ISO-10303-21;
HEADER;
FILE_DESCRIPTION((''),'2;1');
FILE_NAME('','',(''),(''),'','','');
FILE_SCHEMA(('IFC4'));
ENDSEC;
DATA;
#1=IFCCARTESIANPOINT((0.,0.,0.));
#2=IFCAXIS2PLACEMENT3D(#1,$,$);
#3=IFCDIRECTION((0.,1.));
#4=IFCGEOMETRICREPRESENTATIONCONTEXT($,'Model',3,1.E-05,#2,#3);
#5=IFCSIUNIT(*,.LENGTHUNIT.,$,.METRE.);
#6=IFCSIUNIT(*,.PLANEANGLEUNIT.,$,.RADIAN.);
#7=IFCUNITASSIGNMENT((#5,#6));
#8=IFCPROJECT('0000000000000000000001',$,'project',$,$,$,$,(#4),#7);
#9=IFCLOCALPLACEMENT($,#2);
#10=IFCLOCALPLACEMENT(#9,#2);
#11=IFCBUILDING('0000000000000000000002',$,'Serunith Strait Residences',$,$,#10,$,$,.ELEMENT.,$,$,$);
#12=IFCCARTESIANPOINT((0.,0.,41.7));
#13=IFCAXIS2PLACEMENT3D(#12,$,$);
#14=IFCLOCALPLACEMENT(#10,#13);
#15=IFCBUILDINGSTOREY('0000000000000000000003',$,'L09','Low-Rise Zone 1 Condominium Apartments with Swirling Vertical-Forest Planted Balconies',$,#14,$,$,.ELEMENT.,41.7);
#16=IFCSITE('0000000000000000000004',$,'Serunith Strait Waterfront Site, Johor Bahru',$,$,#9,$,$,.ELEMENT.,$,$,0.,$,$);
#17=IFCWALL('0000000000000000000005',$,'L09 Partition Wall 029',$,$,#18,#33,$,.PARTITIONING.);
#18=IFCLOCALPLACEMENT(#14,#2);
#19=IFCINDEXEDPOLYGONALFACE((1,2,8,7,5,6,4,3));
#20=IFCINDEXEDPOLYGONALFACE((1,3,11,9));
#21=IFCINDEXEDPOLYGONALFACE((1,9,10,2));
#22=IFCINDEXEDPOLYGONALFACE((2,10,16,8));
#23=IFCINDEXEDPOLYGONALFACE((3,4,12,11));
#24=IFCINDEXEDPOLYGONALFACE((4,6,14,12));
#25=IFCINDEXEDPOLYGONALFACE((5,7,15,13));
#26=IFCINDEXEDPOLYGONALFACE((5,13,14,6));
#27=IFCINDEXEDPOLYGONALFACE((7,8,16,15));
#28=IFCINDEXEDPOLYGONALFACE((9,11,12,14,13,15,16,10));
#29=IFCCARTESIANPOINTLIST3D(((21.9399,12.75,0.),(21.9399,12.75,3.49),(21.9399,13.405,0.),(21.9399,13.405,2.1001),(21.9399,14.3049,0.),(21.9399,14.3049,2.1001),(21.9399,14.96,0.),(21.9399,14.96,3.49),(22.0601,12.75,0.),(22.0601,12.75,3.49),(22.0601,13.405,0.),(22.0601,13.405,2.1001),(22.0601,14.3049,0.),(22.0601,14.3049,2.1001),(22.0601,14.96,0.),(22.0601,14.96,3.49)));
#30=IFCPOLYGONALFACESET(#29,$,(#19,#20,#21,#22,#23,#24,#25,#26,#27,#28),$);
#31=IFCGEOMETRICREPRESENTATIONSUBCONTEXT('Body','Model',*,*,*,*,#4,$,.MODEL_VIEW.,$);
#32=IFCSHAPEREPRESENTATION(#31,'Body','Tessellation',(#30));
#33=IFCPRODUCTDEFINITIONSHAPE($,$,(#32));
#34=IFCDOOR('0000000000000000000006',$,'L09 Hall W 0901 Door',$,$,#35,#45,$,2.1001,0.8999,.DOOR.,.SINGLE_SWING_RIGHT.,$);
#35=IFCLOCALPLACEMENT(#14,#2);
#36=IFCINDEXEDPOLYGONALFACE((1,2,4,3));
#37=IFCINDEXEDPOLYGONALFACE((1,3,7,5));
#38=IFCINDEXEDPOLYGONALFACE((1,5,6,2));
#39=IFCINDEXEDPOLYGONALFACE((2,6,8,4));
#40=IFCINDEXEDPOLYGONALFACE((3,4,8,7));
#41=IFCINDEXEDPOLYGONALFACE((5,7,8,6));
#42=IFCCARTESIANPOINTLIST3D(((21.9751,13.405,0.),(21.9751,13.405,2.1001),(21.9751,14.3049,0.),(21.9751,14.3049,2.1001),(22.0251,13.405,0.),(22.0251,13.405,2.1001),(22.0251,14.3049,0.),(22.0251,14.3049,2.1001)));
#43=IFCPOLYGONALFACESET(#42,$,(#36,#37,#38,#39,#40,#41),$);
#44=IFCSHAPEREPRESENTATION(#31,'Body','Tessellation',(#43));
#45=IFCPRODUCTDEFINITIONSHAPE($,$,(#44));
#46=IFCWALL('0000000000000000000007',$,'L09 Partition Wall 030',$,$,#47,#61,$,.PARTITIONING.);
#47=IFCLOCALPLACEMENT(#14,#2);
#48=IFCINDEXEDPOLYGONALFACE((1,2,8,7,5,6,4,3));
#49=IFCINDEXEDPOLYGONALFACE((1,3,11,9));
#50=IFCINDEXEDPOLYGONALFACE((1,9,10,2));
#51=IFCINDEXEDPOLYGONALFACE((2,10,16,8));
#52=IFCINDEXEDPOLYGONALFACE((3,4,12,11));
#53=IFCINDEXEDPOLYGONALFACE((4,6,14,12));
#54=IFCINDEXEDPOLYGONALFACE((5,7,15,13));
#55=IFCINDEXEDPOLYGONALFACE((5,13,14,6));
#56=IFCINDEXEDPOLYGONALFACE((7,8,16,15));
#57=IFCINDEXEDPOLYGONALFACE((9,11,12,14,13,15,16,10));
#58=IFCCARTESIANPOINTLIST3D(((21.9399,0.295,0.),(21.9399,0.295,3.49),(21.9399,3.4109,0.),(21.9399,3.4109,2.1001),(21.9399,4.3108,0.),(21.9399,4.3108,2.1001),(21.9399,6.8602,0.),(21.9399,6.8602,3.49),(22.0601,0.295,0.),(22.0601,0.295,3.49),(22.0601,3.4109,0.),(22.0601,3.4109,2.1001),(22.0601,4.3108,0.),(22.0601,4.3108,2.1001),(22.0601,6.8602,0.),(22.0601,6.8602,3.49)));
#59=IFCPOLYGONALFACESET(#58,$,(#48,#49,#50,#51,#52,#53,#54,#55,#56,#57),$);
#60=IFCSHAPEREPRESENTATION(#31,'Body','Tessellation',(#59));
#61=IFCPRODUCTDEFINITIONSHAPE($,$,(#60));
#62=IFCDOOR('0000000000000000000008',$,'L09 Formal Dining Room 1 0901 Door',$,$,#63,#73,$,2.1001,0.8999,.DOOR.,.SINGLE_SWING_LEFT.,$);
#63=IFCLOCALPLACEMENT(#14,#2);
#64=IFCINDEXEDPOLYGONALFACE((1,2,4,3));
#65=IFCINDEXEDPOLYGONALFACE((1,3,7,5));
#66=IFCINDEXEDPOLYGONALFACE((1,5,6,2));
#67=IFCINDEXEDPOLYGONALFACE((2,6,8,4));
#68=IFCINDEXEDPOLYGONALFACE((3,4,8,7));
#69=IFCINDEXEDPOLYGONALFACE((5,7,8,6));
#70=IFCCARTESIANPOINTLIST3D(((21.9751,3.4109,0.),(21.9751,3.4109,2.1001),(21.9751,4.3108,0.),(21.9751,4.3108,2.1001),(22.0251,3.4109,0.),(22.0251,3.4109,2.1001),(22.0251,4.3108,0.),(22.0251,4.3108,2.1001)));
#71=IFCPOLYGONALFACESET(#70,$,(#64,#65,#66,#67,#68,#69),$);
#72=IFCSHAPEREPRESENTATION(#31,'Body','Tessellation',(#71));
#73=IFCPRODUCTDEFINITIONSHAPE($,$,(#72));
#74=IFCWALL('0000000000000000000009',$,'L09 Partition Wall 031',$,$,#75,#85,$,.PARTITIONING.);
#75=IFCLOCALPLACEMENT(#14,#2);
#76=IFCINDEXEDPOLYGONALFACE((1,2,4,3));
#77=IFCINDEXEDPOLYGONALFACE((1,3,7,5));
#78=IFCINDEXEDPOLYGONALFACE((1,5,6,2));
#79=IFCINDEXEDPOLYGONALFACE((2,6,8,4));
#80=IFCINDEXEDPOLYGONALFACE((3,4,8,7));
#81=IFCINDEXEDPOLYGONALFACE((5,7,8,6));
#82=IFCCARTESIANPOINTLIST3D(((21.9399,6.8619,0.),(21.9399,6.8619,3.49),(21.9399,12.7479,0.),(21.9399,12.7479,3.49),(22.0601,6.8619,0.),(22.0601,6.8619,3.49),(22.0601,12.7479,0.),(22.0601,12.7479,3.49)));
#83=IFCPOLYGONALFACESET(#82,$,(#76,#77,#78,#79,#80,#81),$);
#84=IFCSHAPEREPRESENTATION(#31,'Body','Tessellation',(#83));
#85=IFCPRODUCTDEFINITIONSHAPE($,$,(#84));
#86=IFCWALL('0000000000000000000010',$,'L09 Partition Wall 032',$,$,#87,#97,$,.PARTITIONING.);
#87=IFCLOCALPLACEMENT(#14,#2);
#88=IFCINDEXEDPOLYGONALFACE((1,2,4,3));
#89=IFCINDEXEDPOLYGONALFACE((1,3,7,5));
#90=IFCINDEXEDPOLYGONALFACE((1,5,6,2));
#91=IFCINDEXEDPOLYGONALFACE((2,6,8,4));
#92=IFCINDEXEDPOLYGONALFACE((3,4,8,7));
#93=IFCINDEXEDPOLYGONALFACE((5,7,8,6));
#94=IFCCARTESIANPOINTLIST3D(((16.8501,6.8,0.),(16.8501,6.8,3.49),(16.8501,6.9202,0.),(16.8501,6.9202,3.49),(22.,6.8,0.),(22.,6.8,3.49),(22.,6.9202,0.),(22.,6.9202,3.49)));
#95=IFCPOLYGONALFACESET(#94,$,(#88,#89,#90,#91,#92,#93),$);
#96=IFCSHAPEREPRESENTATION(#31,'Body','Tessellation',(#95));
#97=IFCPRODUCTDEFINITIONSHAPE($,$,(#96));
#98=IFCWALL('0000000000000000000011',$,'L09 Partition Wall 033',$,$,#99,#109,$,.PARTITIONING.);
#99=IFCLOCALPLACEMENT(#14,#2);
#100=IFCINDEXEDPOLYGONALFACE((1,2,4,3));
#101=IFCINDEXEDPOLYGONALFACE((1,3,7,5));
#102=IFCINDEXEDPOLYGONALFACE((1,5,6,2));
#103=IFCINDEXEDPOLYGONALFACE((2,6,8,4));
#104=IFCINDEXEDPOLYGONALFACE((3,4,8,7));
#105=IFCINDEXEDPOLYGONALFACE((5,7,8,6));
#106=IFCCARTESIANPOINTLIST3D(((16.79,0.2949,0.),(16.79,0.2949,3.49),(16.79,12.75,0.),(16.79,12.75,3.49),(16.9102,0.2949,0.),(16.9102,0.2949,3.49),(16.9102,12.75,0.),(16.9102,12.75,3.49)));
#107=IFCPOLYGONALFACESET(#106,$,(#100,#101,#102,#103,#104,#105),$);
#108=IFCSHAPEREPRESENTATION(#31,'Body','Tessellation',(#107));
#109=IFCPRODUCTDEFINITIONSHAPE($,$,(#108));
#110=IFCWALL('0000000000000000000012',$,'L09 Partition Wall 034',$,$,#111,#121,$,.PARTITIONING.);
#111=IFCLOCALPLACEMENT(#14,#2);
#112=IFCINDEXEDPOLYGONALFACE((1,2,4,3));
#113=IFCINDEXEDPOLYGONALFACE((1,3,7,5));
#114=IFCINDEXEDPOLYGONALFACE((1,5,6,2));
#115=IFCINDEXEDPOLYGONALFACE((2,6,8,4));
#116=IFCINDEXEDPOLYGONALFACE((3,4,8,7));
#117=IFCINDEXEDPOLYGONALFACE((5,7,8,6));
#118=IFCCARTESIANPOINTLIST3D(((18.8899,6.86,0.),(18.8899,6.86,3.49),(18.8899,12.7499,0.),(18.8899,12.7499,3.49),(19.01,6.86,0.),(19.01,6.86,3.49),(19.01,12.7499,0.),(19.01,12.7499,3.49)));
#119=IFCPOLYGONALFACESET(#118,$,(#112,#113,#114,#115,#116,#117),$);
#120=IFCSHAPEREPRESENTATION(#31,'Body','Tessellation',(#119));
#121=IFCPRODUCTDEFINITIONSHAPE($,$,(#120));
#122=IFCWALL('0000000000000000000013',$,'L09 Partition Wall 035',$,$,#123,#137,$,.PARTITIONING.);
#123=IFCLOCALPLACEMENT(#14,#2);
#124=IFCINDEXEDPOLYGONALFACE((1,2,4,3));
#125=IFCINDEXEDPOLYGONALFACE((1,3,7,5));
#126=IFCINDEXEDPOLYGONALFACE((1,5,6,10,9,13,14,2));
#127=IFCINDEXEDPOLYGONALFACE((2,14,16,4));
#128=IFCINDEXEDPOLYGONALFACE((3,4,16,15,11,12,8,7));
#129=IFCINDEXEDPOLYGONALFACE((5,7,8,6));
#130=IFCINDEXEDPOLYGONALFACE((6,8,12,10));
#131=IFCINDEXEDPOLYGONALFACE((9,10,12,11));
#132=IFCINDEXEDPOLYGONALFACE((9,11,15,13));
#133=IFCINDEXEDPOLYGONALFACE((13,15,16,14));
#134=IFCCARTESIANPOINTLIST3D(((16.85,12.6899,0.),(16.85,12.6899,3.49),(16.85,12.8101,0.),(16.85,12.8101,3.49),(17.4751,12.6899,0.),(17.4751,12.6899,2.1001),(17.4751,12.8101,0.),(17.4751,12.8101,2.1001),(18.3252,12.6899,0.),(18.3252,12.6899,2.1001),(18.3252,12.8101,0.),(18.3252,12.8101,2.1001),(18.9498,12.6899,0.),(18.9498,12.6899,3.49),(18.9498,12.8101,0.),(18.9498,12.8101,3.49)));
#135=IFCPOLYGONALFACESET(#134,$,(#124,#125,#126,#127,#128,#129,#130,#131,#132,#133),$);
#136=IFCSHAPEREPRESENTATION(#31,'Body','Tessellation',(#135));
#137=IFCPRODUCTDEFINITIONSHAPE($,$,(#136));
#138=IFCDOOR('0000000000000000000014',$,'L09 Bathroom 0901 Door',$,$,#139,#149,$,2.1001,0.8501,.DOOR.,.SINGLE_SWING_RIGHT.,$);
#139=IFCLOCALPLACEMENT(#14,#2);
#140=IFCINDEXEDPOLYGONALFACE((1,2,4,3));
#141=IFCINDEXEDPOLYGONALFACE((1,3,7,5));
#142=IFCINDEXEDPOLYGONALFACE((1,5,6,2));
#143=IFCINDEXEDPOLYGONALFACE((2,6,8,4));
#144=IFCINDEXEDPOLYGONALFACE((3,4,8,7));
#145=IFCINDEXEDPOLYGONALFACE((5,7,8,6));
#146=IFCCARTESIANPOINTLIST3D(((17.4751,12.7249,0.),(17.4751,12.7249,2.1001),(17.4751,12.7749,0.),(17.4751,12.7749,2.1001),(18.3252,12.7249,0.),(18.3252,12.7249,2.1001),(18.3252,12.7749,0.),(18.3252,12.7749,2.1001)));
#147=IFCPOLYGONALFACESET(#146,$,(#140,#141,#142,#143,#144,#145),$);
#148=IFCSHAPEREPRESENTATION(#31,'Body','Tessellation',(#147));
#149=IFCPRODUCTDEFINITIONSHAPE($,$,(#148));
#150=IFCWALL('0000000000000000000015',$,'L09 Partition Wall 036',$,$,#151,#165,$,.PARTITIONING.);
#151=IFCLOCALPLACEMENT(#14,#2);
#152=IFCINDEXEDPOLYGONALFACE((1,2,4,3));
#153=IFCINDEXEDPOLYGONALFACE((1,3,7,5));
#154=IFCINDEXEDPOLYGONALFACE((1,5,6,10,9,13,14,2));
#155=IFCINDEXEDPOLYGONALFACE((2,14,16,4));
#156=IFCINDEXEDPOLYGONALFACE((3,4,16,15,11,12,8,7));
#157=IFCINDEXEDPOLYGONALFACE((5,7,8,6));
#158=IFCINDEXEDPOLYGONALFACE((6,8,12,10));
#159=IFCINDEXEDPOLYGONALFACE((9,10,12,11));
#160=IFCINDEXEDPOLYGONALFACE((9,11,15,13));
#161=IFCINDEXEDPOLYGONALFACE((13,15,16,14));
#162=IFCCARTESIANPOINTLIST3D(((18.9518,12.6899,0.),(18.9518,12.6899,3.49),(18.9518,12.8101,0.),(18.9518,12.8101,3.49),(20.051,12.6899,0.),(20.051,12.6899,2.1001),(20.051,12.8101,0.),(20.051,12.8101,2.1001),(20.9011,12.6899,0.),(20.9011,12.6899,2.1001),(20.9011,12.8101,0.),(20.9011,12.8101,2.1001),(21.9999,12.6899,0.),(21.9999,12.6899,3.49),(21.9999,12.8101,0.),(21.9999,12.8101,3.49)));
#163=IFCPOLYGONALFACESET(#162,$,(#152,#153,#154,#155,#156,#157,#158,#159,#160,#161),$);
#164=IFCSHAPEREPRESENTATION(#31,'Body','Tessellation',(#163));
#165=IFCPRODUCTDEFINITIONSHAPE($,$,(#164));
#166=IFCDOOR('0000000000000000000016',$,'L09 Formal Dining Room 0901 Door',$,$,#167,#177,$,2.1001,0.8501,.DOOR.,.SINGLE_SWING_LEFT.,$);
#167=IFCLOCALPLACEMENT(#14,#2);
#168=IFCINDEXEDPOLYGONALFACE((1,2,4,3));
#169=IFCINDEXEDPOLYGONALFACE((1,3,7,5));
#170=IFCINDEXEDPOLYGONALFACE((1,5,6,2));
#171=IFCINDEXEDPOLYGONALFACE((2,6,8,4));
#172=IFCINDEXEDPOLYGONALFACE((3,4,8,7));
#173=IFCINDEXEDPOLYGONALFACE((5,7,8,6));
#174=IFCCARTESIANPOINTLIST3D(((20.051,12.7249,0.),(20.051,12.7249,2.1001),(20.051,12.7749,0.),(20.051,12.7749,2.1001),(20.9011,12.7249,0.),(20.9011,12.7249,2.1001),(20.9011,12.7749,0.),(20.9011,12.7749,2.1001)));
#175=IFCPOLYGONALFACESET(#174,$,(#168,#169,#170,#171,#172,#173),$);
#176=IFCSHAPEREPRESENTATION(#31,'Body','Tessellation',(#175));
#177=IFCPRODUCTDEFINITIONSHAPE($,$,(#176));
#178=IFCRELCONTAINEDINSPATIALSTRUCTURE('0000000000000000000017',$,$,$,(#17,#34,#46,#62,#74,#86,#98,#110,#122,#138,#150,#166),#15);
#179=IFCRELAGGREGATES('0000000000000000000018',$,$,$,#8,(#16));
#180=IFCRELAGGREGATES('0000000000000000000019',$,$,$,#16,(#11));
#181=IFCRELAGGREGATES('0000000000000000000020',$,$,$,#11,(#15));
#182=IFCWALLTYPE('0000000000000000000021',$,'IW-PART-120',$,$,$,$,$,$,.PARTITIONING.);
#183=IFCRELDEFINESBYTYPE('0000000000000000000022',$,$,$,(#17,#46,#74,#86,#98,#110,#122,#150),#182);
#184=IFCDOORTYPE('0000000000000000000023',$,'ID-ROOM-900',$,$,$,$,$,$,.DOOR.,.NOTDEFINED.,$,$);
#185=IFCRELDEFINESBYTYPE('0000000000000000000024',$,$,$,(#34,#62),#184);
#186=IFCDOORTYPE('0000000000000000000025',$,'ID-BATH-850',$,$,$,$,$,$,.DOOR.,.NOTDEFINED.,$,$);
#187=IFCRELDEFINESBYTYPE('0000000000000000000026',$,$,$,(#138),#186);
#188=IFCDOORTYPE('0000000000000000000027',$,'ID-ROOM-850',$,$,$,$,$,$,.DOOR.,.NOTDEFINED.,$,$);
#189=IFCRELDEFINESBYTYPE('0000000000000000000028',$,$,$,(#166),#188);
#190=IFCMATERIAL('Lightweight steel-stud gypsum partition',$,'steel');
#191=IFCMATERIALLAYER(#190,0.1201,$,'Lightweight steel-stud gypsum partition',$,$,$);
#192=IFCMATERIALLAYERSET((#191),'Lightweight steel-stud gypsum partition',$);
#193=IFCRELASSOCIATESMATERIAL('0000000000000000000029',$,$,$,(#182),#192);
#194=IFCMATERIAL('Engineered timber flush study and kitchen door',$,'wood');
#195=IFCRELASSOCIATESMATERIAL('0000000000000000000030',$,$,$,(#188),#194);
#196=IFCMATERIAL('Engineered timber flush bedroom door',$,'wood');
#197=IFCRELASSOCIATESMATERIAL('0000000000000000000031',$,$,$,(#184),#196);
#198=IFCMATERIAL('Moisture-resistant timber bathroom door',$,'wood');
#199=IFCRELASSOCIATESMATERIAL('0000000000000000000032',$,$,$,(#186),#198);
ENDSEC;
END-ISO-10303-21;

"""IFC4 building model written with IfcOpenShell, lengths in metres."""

from ifc_helpers import new_model, si_unit, direction, frame, frame_2d, origin, place, context, subcontext, project, spatial, rectangle, extrude, source, transform, mapped, material, layer, layer_set, type_object, element, fill, save


model = new_model("IFC4")

# Units and contexts
model_context = context("Model", 3, precision=1e-05, world=origin(), true_north=direction((0.0, 1.0)))
body_context = subcontext(model_context, "Body", "Model", "MODEL_VIEW")
ifc_project = project(units=[si_unit("LENGTHUNIT", "METRE"), si_unit("PLANEANGLEUNIT", "RADIAN")], contexts=[model_context])

# Site, building, storey
site_placement = place(None, origin())
site = spatial("IfcSite", under=ifc_project, at=site_placement, Name="Serunith Strait Waterfront Site, Johor Bahru", CompositionType="ELEMENT", RefElevation=0.0)
building_placement = place(site_placement, origin())
building = spatial("IfcBuilding", under=site, at=building_placement, Name="Serunith Strait Residences", CompositionType="ELEMENT")
storey_placement = place(building_placement, frame((0.0, 0.0, 41.7)))
storey = spatial("IfcBuildingStorey", under=building, at=storey_placement, Name="L09", Description="Low-Rise Zone 1 Condominium Apartments with Swirling Vertical-Forest Planted Balconies", CompositionType="ELEMENT", Elevation=41.7)

# Shared definitions
ifc_material_1 = material(Name="Lightweight steel-stud gypsum partition", Category="steel")
ifc_layer_1 = layer(ifc_material_1, 0.1201, Name="Lightweight steel-stud gypsum partition")
ifc_layer_set_1 = layer_set([ifc_layer_1], Name="Lightweight steel-stud gypsum partition")
wall_type = type_object("IfcWallType", Name="IW-PART-120", PredefinedType="PARTITIONING", material=ifc_layer_set_1)
ifc_material_2 = material(Name="Engineered timber flush study and kitchen door", Category="wood")
door_type_1 = type_object("IfcDoorType", Name="ID-ROOM-850", OperationType="NOTDEFINED", PredefinedType="DOOR", material=ifc_material_2)
shared_shape_1 = source(origin(), body_context, "Body", "SweptSolid", [
    extrude(rectangle(XDim=0.8501, YDim=2.1001, at=frame_2d((0.425, 1.05))), frame((0.0, 0.0249, 0.0), z_axis=(0.0, -1.0, 0.0), x_axis=(1.0, 0.0, 0.0)), (0.0, 0.0, 1.0), 0.05),
])

# Walls, openings, doors
wall_1_placement = place(storey_placement, frame((22.0, 12.75, 0.0), z_axis=(0.0, 0.0, 1.0), x_axis=(0.0, 1.0, 0.0)))
wall_1 = element("IfcWall", 1, at=wall_1_placement, inside=storey, type_object=wall_type, Name="L09 Partition Wall 029", PredefinedType="PARTITIONING", context=body_context, shape_type="SweptSolid", body=[
    extrude(rectangle(XDim=2.21, YDim=0.1201, at=frame_2d((1.105, 0.0))), origin(), (0.0, 0.0, 1.0), 3.49),
])
opening_1_placement = place(wall_1_placement, frame((0.655, 0.0, 0.0)))
opening_1 = element("IfcOpeningElement", 2, at=opening_1_placement, cuts=wall_1, PredefinedType="OPENING", context=body_context, shape_type="SweptSolid", body=[
    extrude(rectangle(XDim=0.8999, YDim=2.1001, at=frame_2d((0.45, 1.05))), frame((0.0, 0.0701, 0.0), z_axis=(0.0, -1.0, 0.0), x_axis=(1.0, 0.0, 0.0)), (0.0, 0.0, 1.0), 0.1401),
])
ifc_material_3 = material(Name="Engineered timber flush bedroom door", Category="wood")
door_type_2 = type_object("IfcDoorType", Name="ID-ROOM-900", OperationType="NOTDEFINED", PredefinedType="DOOR", material=ifc_material_3)
shared_shape_2 = source(origin(), body_context, "Body", "SweptSolid", [
    extrude(rectangle(XDim=0.8999, YDim=2.1001, at=frame_2d((0.45, 1.05))), frame((0.0, 0.0249, 0.0), z_axis=(0.0, -1.0, 0.0), x_axis=(1.0, 0.0, 0.0)), (0.0, 0.0, 1.0), 0.05),
])
door_1_placement = place(opening_1_placement, origin())
door_1 = element("IfcDoor", 3, at=door_1_placement, inside=storey, type_object=door_type_2, Name="L09 Hall W 0901 Door", OperationType="SINGLE_SWING_RIGHT", OverallHeight=2.1001, OverallWidth=0.8999, PredefinedType="DOOR", context=body_context, shape_type="MappedRepresentation", body=[
    mapped(shared_shape_2, transform((0.0, 0.0, 0.0), scale=1.0)),
])
fill(opening_1, door_1)
wall_2_placement = place(storey_placement, frame((22.0, 0.2949, 0.0), z_axis=(0.0, 0.0, 1.0), x_axis=(0.0, 1.0, 0.0)))
wall_2 = element("IfcWall", 4, at=wall_2_placement, inside=storey, type_object=wall_type, Name="L09 Partition Wall 030", PredefinedType="PARTITIONING", context=body_context, shape_type="SweptSolid", body=[
    extrude(rectangle(XDim=6.5652, YDim=0.1201, at=frame_2d((3.2827, 0.0))), origin(), (0.0, 0.0, 1.0), 3.49),
])
opening_2_placement = place(wall_2_placement, frame((3.116, 0.0, 0.0)))
opening_2 = element("IfcOpeningElement", 5, at=opening_2_placement, cuts=wall_2, PredefinedType="OPENING", context=body_context, shape_type="SweptSolid", body=[
    extrude(rectangle(XDim=0.8999, YDim=2.1001, at=frame_2d((0.45, 1.05))), frame((0.0, 0.0701, 0.0), z_axis=(0.0, -1.0, 0.0), x_axis=(1.0, 0.0, 0.0)), (0.0, 0.0, 1.0), 0.1401),
])
door_2_placement = place(opening_2_placement, origin())
door_2 = element("IfcDoor", 6, at=door_2_placement, inside=storey, type_object=door_type_2, Name="L09 Formal Dining Room 1 0901 Door", OperationType="SINGLE_SWING_LEFT", OverallHeight=2.1001, OverallWidth=0.8999, PredefinedType="DOOR", context=body_context, shape_type="MappedRepresentation", body=[
    mapped(shared_shape_2, transform((0.0, 0.0, 0.0), scale=1.0)),
])
fill(opening_2, door_2)

# Walls
wall_3_placement = place(storey_placement, frame((22.0, 6.8621, 0.0), z_axis=(0.0, 0.0, 1.0), x_axis=(0.0, 1.0, 0.0)))
element("IfcWall", 7, at=wall_3_placement, inside=storey, type_object=wall_type, Name="L09 Partition Wall 031", PredefinedType="PARTITIONING", context=body_context, shape_type="SweptSolid", body=[
    extrude(rectangle(XDim=5.886, YDim=0.1201, at=frame_2d((2.9429, 0.0))), origin(), (0.0, 0.0, 1.0), 3.49),
])
wall_4_placement = place(storey_placement, frame((16.8501, 6.8601, 0.0), z_axis=(0.0, 0.0, 1.0), x_axis=(1.0, 0.0, 0.0)))
element("IfcWall", 8, at=wall_4_placement, inside=storey, type_object=wall_type, Name="L09 Partition Wall 032", PredefinedType="PARTITIONING", context=body_context, shape_type="SweptSolid", body=[
    extrude(rectangle(XDim=5.1499, YDim=0.1201, at=frame_2d((2.575, 0.0))), origin(), (0.0, 0.0, 1.0), 3.49),
])
wall_5_placement = place(storey_placement, frame((16.8501, 0.2949, 0.0), z_axis=(0.0, 0.0, 1.0), x_axis=(0.0, 1.0, 0.0)))
element("IfcWall", 9, at=wall_5_placement, inside=storey, type_object=wall_type, Name="L09 Partition Wall 033", PredefinedType="PARTITIONING", context=body_context, shape_type="SweptSolid", body=[
    extrude(rectangle(XDim=12.4551, YDim=0.1201, at=frame_2d((6.2275, 0.0))), origin(), (0.0, 0.0, 1.0), 3.49),
])
wall_6_placement = place(storey_placement, frame((18.95, 6.8601, 0.0), z_axis=(0.0, 0.0, 1.0), x_axis=(0.0, 1.0, 0.0)))
element("IfcWall", 10, at=wall_6_placement, inside=storey, type_object=wall_type, Name="L09 Partition Wall 034", PredefinedType="PARTITIONING", context=body_context, shape_type="SweptSolid", body=[
    extrude(rectangle(XDim=5.8899, YDim=0.1201, at=frame_2d((2.9448, 0.0))), origin(), (0.0, 0.0, 1.0), 3.49),
])

# Walls, openings, doors
wall_7_placement = place(storey_placement, frame((16.8501, 12.75, 0.0), z_axis=(0.0, 0.0, 1.0), x_axis=(1.0, 0.0, 0.0)))
wall_7 = element("IfcWall", 11, at=wall_7_placement, inside=storey, type_object=wall_type, Name="L09 Partition Wall 035", PredefinedType="PARTITIONING", context=body_context, shape_type="SweptSolid", body=[
    extrude(rectangle(XDim=2.0999, YDim=0.1201, at=frame_2d((1.0498, 0.0))), origin(), (0.0, 0.0, 1.0), 3.49),
])
opening_3_placement = place(wall_7_placement, frame((0.625, 0.0, 0.0)))
opening_3 = element("IfcOpeningElement", 12, at=opening_3_placement, cuts=wall_7, PredefinedType="OPENING", context=body_context, shape_type="SweptSolid", body=[
    extrude(rectangle(XDim=0.8501, YDim=2.1001, at=frame_2d((0.425, 1.05))), frame((0.0, 0.0701, 0.0), z_axis=(0.0, -1.0, 0.0), x_axis=(1.0, 0.0, 0.0)), (0.0, 0.0, 1.0), 0.1401),
])
ifc_material_4 = material(Name="Moisture-resistant timber bathroom door", Category="wood")
door_type_3 = type_object("IfcDoorType", Name="ID-BATH-850", OperationType="NOTDEFINED", PredefinedType="DOOR", material=ifc_material_4)
door_3_placement = place(opening_3_placement, origin())
door_3 = element("IfcDoor", 13, at=door_3_placement, inside=storey, type_object=door_type_3, Name="L09 Bathroom 0901 Door", OperationType="SINGLE_SWING_RIGHT", OverallHeight=2.1001, OverallWidth=0.8501, PredefinedType="DOOR", context=body_context, shape_type="MappedRepresentation", body=[
    mapped(shared_shape_1, transform((0.0, 0.0, 0.0), scale=1.0)),
])
fill(opening_3, door_3)
wall_8_placement = place(storey_placement, frame((18.9519, 12.75, 0.0), z_axis=(0.0, 0.0, 1.0), x_axis=(1.0, 0.0, 0.0)))
wall_8 = element("IfcWall", 14, at=wall_8_placement, inside=storey, type_object=wall_type, Name="L09 Partition Wall 036", PredefinedType="PARTITIONING", context=body_context, shape_type="SweptSolid", body=[
    extrude(rectangle(XDim=3.0481, YDim=0.1201, at=frame_2d((1.5239, 0.0))), origin(), (0.0, 0.0, 1.0), 3.49),
])
opening_4_placement = place(wall_8_placement, frame((1.0991, 0.0, 0.0)))
opening_4 = element("IfcOpeningElement", 15, at=opening_4_placement, cuts=wall_8, PredefinedType="OPENING", context=body_context, shape_type="SweptSolid", body=[
    extrude(rectangle(XDim=0.8501, YDim=2.1001, at=frame_2d((0.425, 1.05))), frame((0.0, 0.0701, 0.0), z_axis=(0.0, -1.0, 0.0), x_axis=(1.0, 0.0, 0.0)), (0.0, 0.0, 1.0), 0.1401),
])
door_4_placement = place(opening_4_placement, origin())
door_4 = element("IfcDoor", 16, at=door_4_placement, inside=storey, type_object=door_type_1, Name="L09 Formal Dining Room 0901 Door", OperationType="SINGLE_SWING_LEFT", OverallHeight=2.1001, OverallWidth=0.8501, PredefinedType="DOOR", context=body_context, shape_type="MappedRepresentation", body=[
    mapped(shared_shape_1, transform((0.0, 0.0, 0.0), scale=1.0)),
])
fill(opening_4, door_4)

save(model, "model.ifc")
